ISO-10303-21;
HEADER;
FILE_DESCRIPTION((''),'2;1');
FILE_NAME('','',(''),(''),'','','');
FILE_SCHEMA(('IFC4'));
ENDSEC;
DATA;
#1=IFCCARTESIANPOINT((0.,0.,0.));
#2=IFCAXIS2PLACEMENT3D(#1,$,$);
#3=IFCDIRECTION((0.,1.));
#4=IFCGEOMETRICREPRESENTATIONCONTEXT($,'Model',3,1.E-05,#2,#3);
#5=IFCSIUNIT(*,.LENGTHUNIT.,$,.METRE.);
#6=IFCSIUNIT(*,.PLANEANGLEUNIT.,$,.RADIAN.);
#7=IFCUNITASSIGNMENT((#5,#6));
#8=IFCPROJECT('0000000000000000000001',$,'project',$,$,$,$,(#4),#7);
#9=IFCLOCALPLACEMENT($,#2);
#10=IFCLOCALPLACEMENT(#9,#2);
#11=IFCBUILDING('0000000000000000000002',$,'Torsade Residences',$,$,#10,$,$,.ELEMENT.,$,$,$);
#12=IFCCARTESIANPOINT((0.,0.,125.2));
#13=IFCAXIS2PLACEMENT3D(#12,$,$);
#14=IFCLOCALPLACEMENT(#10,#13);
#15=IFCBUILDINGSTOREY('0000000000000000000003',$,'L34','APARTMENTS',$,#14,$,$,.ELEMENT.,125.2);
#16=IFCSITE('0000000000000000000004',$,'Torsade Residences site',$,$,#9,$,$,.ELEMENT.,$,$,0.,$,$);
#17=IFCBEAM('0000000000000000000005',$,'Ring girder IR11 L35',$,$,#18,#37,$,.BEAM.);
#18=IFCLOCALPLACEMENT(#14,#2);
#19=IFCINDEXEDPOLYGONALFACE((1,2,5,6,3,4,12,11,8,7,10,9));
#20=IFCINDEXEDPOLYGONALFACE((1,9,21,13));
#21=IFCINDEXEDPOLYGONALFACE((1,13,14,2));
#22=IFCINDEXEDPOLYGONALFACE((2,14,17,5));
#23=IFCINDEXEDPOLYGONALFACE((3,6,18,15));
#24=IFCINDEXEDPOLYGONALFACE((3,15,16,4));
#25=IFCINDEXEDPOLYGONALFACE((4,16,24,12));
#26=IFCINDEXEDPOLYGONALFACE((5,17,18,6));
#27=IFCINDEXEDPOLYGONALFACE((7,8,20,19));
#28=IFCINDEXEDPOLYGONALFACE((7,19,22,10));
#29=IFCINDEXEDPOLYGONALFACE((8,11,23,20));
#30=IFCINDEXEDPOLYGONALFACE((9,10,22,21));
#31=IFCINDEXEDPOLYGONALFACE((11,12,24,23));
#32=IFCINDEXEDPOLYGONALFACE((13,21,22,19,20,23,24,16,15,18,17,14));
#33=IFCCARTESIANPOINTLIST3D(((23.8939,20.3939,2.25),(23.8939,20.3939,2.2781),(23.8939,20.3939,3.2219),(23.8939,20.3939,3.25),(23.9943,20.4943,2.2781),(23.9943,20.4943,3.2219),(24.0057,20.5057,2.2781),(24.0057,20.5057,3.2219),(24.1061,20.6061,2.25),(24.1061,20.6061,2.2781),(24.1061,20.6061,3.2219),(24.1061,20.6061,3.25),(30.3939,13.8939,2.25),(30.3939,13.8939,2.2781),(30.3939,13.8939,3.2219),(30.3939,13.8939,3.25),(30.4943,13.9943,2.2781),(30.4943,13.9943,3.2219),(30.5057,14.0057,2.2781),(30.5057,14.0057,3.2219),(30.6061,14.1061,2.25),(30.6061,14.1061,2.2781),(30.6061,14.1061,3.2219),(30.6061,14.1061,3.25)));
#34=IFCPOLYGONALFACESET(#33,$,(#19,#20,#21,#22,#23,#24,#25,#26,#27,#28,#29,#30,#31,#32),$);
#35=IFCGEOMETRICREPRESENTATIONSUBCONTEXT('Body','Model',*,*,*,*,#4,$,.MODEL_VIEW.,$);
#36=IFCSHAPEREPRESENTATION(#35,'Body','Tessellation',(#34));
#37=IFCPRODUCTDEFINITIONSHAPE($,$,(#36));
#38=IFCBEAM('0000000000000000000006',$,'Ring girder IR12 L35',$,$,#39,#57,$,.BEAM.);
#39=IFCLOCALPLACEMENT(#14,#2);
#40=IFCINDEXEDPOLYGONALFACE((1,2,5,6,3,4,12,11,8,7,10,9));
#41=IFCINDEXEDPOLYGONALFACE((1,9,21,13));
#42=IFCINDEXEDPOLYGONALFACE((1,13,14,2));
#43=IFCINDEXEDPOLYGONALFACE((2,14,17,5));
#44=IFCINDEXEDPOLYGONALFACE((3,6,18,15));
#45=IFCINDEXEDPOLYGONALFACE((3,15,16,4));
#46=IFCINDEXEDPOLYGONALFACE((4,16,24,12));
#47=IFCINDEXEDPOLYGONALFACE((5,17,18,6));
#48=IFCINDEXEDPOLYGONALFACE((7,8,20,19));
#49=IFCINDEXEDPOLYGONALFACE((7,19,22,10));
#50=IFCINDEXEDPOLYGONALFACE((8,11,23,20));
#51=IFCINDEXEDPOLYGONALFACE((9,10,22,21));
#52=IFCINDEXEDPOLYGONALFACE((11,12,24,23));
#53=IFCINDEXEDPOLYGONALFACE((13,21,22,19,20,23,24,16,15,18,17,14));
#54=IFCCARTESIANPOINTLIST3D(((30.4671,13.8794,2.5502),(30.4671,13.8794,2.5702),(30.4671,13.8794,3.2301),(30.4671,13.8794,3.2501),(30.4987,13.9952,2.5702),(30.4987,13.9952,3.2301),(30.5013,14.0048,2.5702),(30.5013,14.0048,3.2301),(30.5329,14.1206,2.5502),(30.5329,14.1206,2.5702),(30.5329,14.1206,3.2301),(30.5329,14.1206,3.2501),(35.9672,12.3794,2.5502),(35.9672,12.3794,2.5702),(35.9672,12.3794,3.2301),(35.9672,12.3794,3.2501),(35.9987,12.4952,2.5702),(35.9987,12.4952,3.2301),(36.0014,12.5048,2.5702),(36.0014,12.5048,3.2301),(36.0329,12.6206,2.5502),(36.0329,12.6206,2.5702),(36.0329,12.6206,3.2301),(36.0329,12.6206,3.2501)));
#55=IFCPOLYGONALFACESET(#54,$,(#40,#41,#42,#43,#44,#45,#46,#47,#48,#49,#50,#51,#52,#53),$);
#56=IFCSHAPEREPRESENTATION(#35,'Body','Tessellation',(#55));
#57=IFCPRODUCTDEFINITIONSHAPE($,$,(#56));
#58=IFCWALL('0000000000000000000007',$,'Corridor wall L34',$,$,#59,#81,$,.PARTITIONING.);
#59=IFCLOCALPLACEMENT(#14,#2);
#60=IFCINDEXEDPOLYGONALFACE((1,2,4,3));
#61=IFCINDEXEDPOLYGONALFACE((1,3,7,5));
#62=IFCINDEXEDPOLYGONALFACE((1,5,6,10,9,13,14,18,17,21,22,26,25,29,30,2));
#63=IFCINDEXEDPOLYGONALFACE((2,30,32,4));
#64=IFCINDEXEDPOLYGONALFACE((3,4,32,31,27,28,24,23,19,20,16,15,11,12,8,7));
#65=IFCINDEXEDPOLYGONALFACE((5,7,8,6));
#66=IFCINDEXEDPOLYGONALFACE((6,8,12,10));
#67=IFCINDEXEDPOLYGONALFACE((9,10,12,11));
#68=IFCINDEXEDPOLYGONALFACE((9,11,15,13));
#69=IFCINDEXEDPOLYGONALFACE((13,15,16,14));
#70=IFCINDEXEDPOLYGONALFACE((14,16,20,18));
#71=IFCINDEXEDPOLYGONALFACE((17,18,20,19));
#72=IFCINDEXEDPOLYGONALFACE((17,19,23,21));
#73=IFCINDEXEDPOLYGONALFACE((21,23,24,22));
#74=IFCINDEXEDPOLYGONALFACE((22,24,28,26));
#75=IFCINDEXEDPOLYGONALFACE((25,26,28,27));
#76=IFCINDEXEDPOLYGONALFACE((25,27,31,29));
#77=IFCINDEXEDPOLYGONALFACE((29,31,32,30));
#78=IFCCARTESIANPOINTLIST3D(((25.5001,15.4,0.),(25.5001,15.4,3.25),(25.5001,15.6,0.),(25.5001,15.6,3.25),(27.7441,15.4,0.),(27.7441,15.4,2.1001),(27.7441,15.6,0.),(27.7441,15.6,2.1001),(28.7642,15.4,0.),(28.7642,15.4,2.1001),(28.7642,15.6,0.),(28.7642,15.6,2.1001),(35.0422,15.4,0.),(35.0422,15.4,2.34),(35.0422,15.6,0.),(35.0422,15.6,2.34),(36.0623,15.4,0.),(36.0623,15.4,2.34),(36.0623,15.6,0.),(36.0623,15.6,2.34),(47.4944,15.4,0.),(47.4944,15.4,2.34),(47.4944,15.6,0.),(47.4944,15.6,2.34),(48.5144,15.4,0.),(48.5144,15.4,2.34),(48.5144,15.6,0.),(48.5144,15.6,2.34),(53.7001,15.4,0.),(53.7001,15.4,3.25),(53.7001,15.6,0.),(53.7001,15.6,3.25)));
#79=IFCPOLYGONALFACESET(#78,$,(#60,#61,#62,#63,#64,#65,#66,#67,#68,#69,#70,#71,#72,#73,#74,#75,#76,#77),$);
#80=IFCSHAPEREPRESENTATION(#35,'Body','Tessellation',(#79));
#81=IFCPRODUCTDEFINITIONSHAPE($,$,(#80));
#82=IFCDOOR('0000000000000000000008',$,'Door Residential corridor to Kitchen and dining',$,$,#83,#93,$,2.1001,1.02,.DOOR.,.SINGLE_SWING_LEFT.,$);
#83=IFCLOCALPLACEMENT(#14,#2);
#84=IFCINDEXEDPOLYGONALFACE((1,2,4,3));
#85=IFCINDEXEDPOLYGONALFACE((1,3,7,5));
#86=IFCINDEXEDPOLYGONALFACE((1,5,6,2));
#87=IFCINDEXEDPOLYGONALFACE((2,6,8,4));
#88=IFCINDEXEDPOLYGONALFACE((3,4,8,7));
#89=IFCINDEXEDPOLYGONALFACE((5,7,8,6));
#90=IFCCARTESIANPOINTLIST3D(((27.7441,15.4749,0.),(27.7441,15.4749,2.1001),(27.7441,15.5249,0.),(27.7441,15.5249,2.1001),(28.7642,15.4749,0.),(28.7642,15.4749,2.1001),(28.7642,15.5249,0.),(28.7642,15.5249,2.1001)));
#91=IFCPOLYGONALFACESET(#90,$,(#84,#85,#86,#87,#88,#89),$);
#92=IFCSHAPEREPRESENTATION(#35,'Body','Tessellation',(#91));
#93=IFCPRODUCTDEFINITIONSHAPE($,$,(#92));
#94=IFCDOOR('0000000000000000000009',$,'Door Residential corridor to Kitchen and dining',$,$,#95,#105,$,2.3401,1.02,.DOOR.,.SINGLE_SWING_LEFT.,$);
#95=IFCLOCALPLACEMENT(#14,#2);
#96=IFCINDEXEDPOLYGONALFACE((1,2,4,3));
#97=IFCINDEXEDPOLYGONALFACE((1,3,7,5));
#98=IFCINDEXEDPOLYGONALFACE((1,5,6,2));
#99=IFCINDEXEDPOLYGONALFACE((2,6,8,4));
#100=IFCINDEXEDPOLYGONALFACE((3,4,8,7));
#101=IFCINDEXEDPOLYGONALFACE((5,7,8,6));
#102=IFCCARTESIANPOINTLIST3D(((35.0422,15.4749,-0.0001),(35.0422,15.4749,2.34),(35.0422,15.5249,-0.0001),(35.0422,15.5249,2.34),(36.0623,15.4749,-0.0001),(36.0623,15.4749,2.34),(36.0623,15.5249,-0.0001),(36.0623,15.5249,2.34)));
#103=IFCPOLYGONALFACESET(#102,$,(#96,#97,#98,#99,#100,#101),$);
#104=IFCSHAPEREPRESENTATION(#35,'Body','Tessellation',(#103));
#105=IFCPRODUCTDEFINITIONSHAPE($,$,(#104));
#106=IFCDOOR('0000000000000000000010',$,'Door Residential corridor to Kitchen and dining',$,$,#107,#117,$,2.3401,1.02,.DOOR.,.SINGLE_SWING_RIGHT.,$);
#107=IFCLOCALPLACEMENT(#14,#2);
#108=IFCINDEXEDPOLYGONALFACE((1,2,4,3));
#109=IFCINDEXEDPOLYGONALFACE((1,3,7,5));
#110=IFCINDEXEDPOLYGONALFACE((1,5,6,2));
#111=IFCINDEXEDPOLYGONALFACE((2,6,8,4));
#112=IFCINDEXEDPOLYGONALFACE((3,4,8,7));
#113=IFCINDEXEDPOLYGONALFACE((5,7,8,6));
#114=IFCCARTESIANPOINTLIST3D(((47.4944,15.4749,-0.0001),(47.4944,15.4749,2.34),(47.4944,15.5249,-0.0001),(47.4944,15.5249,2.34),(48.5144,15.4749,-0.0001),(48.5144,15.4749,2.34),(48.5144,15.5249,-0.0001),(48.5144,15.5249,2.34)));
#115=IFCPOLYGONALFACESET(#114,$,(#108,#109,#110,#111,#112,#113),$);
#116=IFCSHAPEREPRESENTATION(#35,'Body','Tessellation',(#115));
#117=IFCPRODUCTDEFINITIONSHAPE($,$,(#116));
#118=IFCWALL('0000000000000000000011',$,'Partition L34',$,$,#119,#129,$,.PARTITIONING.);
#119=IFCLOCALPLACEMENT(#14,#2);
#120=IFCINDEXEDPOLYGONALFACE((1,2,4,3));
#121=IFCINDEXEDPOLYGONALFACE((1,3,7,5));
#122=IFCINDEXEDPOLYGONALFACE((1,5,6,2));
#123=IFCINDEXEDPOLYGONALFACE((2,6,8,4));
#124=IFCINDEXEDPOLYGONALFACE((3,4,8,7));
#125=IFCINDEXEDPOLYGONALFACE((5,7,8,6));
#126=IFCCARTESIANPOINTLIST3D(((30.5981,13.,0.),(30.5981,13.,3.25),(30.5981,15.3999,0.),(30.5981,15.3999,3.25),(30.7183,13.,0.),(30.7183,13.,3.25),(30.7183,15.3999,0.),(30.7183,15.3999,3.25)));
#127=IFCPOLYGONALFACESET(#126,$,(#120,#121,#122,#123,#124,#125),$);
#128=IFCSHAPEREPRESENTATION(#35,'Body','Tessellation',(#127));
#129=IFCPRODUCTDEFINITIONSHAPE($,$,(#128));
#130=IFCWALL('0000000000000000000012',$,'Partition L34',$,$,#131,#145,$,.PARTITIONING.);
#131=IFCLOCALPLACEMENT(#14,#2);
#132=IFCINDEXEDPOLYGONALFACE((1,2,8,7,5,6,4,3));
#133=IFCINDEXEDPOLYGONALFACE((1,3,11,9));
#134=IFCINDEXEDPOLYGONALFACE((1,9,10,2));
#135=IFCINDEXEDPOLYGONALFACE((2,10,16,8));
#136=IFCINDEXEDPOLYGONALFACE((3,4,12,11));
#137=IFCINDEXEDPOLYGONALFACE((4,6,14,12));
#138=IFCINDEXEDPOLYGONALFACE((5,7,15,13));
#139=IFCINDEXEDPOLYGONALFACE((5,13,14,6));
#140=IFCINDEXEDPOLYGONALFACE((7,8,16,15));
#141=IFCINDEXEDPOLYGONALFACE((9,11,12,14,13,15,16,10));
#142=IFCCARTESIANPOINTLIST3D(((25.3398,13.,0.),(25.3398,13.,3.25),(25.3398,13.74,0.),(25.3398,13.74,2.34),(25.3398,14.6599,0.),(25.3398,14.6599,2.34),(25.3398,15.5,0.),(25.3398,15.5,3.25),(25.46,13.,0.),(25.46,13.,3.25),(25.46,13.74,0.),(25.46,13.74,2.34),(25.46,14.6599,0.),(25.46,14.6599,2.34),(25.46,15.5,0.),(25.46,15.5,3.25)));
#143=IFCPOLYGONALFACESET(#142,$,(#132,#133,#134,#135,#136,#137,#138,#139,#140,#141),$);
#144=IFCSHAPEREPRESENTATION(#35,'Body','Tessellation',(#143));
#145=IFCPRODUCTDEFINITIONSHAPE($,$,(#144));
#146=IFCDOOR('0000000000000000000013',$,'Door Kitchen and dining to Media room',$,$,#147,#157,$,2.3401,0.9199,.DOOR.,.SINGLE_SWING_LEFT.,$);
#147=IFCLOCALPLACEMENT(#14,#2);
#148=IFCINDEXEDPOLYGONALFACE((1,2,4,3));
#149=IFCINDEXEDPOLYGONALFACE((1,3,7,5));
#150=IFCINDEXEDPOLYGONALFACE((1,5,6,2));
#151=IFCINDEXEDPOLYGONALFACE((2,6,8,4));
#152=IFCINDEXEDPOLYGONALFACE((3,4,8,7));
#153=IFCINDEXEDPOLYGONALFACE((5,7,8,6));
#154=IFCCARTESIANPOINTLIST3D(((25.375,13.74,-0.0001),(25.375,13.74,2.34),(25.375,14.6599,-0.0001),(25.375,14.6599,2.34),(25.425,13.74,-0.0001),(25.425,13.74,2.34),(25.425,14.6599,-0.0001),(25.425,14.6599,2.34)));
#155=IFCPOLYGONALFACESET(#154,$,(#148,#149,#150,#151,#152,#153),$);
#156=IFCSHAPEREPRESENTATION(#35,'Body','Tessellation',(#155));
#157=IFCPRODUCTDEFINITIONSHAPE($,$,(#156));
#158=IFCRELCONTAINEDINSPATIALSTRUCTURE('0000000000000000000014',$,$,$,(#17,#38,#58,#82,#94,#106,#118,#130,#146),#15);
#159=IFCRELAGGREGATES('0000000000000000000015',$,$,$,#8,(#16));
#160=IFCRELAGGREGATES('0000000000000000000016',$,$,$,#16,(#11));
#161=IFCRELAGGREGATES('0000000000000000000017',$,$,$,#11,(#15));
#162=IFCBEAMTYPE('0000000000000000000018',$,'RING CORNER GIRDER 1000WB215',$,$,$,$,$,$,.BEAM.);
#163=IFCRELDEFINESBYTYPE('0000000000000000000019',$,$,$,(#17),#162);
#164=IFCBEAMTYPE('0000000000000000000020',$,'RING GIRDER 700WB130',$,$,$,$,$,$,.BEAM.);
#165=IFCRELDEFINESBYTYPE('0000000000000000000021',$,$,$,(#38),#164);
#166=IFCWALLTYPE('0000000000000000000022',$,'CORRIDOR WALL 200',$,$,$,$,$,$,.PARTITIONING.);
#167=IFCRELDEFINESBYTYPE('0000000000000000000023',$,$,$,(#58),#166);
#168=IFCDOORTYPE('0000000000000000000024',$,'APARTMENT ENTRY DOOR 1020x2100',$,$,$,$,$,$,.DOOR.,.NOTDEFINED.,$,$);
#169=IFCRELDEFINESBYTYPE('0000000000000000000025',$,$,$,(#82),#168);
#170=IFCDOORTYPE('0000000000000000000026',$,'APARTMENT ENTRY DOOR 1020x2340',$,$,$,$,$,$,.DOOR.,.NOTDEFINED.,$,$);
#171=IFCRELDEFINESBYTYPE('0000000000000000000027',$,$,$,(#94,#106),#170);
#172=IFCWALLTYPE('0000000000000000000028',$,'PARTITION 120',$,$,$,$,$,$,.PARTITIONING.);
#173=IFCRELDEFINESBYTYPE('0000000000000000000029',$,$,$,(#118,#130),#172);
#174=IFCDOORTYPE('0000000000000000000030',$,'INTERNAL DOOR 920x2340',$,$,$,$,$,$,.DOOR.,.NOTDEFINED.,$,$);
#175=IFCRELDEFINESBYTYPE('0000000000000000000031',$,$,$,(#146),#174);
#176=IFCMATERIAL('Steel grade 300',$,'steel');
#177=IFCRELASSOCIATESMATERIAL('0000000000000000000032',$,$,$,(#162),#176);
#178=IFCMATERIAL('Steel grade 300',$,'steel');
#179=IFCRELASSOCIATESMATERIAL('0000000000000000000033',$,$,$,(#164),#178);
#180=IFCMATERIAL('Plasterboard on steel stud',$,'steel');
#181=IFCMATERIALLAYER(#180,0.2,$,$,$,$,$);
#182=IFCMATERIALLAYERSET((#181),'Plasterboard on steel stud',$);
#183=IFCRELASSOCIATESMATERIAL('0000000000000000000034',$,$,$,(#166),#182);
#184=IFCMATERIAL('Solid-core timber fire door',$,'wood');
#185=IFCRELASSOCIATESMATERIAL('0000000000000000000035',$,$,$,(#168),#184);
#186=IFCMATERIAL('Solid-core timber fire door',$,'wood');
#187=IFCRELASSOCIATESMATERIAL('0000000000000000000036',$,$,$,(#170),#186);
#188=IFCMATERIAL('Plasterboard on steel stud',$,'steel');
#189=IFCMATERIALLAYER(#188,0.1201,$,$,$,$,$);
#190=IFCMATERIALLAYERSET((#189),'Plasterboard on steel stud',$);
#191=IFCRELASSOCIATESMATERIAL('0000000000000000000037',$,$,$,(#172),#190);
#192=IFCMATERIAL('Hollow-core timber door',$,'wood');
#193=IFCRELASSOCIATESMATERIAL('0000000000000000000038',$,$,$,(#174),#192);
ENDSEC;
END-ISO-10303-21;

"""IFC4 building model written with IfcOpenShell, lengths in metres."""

from ifc_helpers import new_model, si_unit, direction, frame, frame_2d, origin, origin_2d, place, context, subcontext, project, spatial, rectangle, i_section, extrude, material, layer, layer_set, material_profile, profile_set, type_object, element, fill, save


model = new_model("IFC4")

# Units and contexts
model_context = context("Model", 3, precision=1e-05, world=origin(), true_north=direction((0.0, 1.0)))
body_context = subcontext(model_context, "Body", "Model", "MODEL_VIEW")
ifc_project = project(units=[si_unit("LENGTHUNIT", "METRE"), si_unit("PLANEANGLEUNIT", "RADIAN")], contexts=[model_context])

# Site, building, storey
site_placement = place(None, origin())
site = spatial("IfcSite", under=ifc_project, at=site_placement, Name="Torsade Residences site", CompositionType="ELEMENT", RefElevation=0.0)
building_placement = place(site_placement, origin())
building = spatial("IfcBuilding", under=site, at=building_placement, Name="Torsade Residences", CompositionType="ELEMENT")
storey_placement = place(building_placement, frame((0.0, 0.0, 125.2)))
storey = spatial("IfcBuildingStorey", under=building, at=storey_placement, Name="L34", Description="APARTMENTS", CompositionType="ELEMENT", Elevation=125.2)

# Beams
ifc_material_1 = material(Name="Steel grade 300", Category="steel")
ifc_material_profile_1 = material_profile(ifc_material_1, i_section(OverallWidth=0.3, OverallDepth=1.0, WebThickness=0.0161, FlangeThickness=0.0281, at=origin_2d()), Name="1000WB215")
ifc_profile_set_1 = profile_set([ifc_material_profile_1], Name="Steel grade 300")
beam_type_1 = type_object("IfcBeamType", Name="RING CORNER GIRDER 1000WB215", PredefinedType="BEAM", material=ifc_profile_set_1)
beam_1_placement = place(storey_placement, frame((24.0, 20.5, 2.75), z_axis=(0.707107, -0.707107, 0.0), x_axis=(0.707107, 0.707107, 0.0)))
element("IfcBeam", 1, at=beam_1_placement, inside=storey, type_object=beam_type_1, Name="Ring girder IR11 L35", PredefinedType="BEAM", context=body_context, shape_type="SweptSolid", body=[
    extrude(i_section(OverallWidth=0.3, OverallDepth=1.0, WebThickness=0.0161, FlangeThickness=0.0281, at=origin_2d()), origin(), (0.0, 0.0, 1.0), 9.1924),
])
ifc_material_2 = material(Name="Steel grade 300", Category="steel")
ifc_material_profile_2 = material_profile(ifc_material_2, i_section(OverallWidth=0.25, OverallDepth=0.7, WebThickness=0.01, FlangeThickness=0.02, at=origin_2d()), Name="700WB130")
ifc_profile_set_2 = profile_set([ifc_material_profile_2], Name="Steel grade 300")
beam_type_2 = type_object("IfcBeamType", Name="RING GIRDER 700WB130", PredefinedType="BEAM", material=ifc_profile_set_2)
beam_2_placement = place(storey_placement, frame((30.5, 14.0, 2.9001), z_axis=(0.964764, -0.263117, 0.0), x_axis=(0.263117, 0.964764, 0.0)))
element("IfcBeam", 2, at=beam_2_placement, inside=storey, type_object=beam_type_2, Name="Ring girder IR12 L35", PredefinedType="BEAM", context=body_context, shape_type="SweptSolid", body=[
    extrude(i_section(OverallWidth=0.25, OverallDepth=0.7, WebThickness=0.01, FlangeThickness=0.02, at=origin_2d()), origin(), (0.0, 0.0, 1.0), 5.7009),
])

# Wall, openings, doors
ifc_material_3 = material(Name="Plasterboard on steel stud", Category="steel")
ifc_layer_1 = layer(ifc_material_3, 0.2)
ifc_layer_set_1 = layer_set([ifc_layer_1], Name="Plasterboard on steel stud")
wall_type_1 = type_object("IfcWallType", Name="CORRIDOR WALL 200", PredefinedType="PARTITIONING", material=ifc_layer_set_1)
wall_1_placement = place(storey_placement, frame((25.5, 15.5, 0.0), z_axis=(0.0, 0.0, 1.0), x_axis=(1.0, 0.0, 0.0)))
wall_1 = element("IfcWall", 3, at=wall_1_placement, inside=storey, type_object=wall_type_1, Name="Corridor wall L34", PredefinedType="PARTITIONING", context=body_context, shape_type="SweptSolid", body=[
    extrude(rectangle(XDim=28.2, YDim=0.2, at=frame_2d((14.1001, 0.0))), origin(), (0.0, 0.0, 1.0), 3.25),
])
opening_1_placement = place(wall_1_placement, frame((2.2441, 0.0, 0.0)))
opening_1 = element("IfcOpeningElement", 4, at=opening_1_placement, cuts=wall_1, PredefinedType="OPENING", context=body_context, shape_type="SweptSolid", body=[
    extrude(rectangle(XDim=1.02, YDim=2.1001, at=frame_2d((0.51, 1.05))), frame((0.0, 0.1099, 0.0), z_axis=(0.0, -1.0, 0.0), x_axis=(1.0, 0.0, 0.0)), (0.0, 0.0, 1.0), 0.22),
])
opening_2_placement = place(wall_1_placement, frame((9.5422, 0.0, 0.0)))
opening_2 = element("IfcOpeningElement", 5, at=opening_2_placement, cuts=wall_1, PredefinedType="OPENING", context=body_context, shape_type="SweptSolid", body=[
    extrude(rectangle(XDim=1.02, YDim=2.3401, at=frame_2d((0.51, 1.1699))), frame((0.0, 0.1099, 0.0), z_axis=(0.0, -1.0, 0.0), x_axis=(1.0, 0.0, 0.0)), (0.0, 0.0, 1.0), 0.22),
])
opening_3_placement = place(wall_1_placement, frame((21.9944, 0.0, 0.0)))
opening_3 = element("IfcOpeningElement", 6, at=opening_3_placement, cuts=wall_1, PredefinedType="OPENING", context=body_context, shape_type="SweptSolid", body=[
    extrude(rectangle(XDim=1.02, YDim=2.3401, at=frame_2d((0.51, 1.1699))), frame((0.0, 0.1099, 0.0), z_axis=(0.0, -1.0, 0.0), x_axis=(1.0, 0.0, 0.0)), (0.0, 0.0, 1.0), 0.22),
])
ifc_material_4 = material(Name="Solid-core timber fire door", Category="wood")
door_type_1 = type_object("IfcDoorType", Name="APARTMENT ENTRY DOOR 1020x2100", OperationType="NOTDEFINED", PredefinedType="DOOR", material=ifc_material_4)
door_1_placement = place(opening_1_placement, origin())
door_1 = element("IfcDoor", 7, at=door_1_placement, inside=storey, type_object=door_type_1, Name="Door Residential corridor to Kitchen and dining", OperationType="SINGLE_SWING_LEFT", OverallHeight=2.1001, OverallWidth=1.02, PredefinedType="DOOR", context=body_context, shape_type="SweptSolid", body=[
    extrude(rectangle(XDim=1.02, YDim=2.1001, at=frame_2d((0.51, 1.05))), frame((0.0, 0.0249, 0.0), z_axis=(0.0, -1.0, 0.0), x_axis=(1.0, 0.0, 0.0)), (0.0, 0.0, 1.0), 0.05),
])
fill(opening_1, door_1)
ifc_material_5 = material(Name="Solid-core timber fire door", Category="wood")
door_type_2 = type_object("IfcDoorType", Name="APARTMENT ENTRY DOOR 1020x2340", OperationType="NOTDEFINED", PredefinedType="DOOR", material=ifc_material_5)
door_2_placement = place(opening_2_placement, origin())
door_2 = element("IfcDoor", 8, at=door_2_placement, inside=storey, type_object=door_type_2, Name="Door Residential corridor to Kitchen and dining", OperationType="SINGLE_SWING_LEFT", OverallHeight=2.3401, OverallWidth=1.02, PredefinedType="DOOR", context=body_context, shape_type="SweptSolid", body=[
    extrude(rectangle(XDim=1.02, YDim=2.3401, at=frame_2d((0.51, 1.1699))), frame((0.0, 0.0249, 0.0), z_axis=(0.0, -1.0, 0.0), x_axis=(1.0, 0.0, 0.0)), (0.0, 0.0, 1.0), 0.05),
])
fill(opening_2, door_2)
door_3_placement = place(opening_3_placement, origin())
door_3 = element("IfcDoor", 9, at=door_3_placement, inside=storey, type_object=door_type_2, Name="Door Residential corridor to Kitchen and dining", OperationType="SINGLE_SWING_RIGHT", OverallHeight=2.3401, OverallWidth=1.02, PredefinedType="DOOR", context=body_context, shape_type="SweptSolid", body=[
    extrude(rectangle(XDim=1.02, YDim=2.3401, at=frame_2d((0.51, 1.1699))), frame((0.0, 0.0249, 0.0), z_axis=(0.0, -1.0, 0.0), x_axis=(1.0, 0.0, 0.0)), (0.0, 0.0, 1.0), 0.05),
])
fill(opening_3, door_3)

# Wall
ifc_material_6 = material(Name="Plasterboard on steel stud", Category="steel")
ifc_layer_2 = layer(ifc_material_6, 0.1201)
ifc_layer_set_2 = layer_set([ifc_layer_2], Name="Plasterboard on steel stud")
wall_type_2 = type_object("IfcWallType", Name="PARTITION 120", PredefinedType="PARTITIONING", material=ifc_layer_set_2)
wall_2_placement = place(storey_placement, frame((30.6582, 15.3999, 0.0), z_axis=(0.0, 0.0, 1.0), x_axis=(0.0, -1.0, 0.0)))
element("IfcWall", 10, at=wall_2_placement, inside=storey, type_object=wall_type_2, Name="Partition L34", PredefinedType="PARTITIONING", context=body_context, shape_type="SweptSolid", body=[
    extrude(rectangle(XDim=2.3999, YDim=0.1201, at=frame_2d((1.2, 0.0))), origin(), (0.0, 0.0, 1.0), 3.25),
])

# Wall, opening, door
wall_3_placement = place(storey_placement, frame((25.3999, 13.0, 0.0), z_axis=(0.0, 0.0, 1.0), x_axis=(0.0, 1.0, 0.0)))
wall_3 = element("IfcWall", 11, at=wall_3_placement, inside=storey, type_object=wall_type_2, Name="Partition L34", PredefinedType="PARTITIONING", context=body_context, shape_type="SweptSolid", body=[
    extrude(rectangle(XDim=2.5, YDim=0.1201, at=frame_2d((1.25, 0.0))), origin(), (0.0, 0.0, 1.0), 3.25),
])
opening_4_placement = place(wall_3_placement, frame((0.74, 0.0, 0.0)))
opening_4 = element("IfcOpeningElement", 12, at=opening_4_placement, cuts=wall_3, PredefinedType="OPENING", context=body_context, shape_type="SweptSolid", body=[
    extrude(rectangle(XDim=0.9199, YDim=2.3401, at=frame_2d((0.46, 1.1699))), frame((0.0, 0.0701, 0.0), z_axis=(0.0, -1.0, 0.0), x_axis=(1.0, 0.0, 0.0)), (0.0, 0.0, 1.0), 0.1401),
])
ifc_material_7 = material(Name="Hollow-core timber door", Category="wood")
door_type_3 = type_object("IfcDoorType", Name="INTERNAL DOOR 920x2340", OperationType="NOTDEFINED", PredefinedType="DOOR", material=ifc_material_7)
door_4_placement = place(opening_4_placement, origin())
door_4 = element("IfcDoor", 13, at=door_4_placement, inside=storey, type_object=door_type_3, Name="Door Kitchen and dining to Media room", OperationType="SINGLE_SWING_LEFT", OverallHeight=2.3401, OverallWidth=0.9199, PredefinedType="DOOR", context=body_context, shape_type="SweptSolid", body=[
    extrude(rectangle(XDim=0.9199, YDim=2.3401, at=frame_2d((0.46, 1.1699))), frame((0.0, 0.0249, 0.0), z_axis=(0.0, -1.0, 0.0), x_axis=(1.0, 0.0, 0.0)), (0.0, 0.0, 1.0), 0.05),
])
fill(opening_4, door_4)

save(model, "model.ifc")
